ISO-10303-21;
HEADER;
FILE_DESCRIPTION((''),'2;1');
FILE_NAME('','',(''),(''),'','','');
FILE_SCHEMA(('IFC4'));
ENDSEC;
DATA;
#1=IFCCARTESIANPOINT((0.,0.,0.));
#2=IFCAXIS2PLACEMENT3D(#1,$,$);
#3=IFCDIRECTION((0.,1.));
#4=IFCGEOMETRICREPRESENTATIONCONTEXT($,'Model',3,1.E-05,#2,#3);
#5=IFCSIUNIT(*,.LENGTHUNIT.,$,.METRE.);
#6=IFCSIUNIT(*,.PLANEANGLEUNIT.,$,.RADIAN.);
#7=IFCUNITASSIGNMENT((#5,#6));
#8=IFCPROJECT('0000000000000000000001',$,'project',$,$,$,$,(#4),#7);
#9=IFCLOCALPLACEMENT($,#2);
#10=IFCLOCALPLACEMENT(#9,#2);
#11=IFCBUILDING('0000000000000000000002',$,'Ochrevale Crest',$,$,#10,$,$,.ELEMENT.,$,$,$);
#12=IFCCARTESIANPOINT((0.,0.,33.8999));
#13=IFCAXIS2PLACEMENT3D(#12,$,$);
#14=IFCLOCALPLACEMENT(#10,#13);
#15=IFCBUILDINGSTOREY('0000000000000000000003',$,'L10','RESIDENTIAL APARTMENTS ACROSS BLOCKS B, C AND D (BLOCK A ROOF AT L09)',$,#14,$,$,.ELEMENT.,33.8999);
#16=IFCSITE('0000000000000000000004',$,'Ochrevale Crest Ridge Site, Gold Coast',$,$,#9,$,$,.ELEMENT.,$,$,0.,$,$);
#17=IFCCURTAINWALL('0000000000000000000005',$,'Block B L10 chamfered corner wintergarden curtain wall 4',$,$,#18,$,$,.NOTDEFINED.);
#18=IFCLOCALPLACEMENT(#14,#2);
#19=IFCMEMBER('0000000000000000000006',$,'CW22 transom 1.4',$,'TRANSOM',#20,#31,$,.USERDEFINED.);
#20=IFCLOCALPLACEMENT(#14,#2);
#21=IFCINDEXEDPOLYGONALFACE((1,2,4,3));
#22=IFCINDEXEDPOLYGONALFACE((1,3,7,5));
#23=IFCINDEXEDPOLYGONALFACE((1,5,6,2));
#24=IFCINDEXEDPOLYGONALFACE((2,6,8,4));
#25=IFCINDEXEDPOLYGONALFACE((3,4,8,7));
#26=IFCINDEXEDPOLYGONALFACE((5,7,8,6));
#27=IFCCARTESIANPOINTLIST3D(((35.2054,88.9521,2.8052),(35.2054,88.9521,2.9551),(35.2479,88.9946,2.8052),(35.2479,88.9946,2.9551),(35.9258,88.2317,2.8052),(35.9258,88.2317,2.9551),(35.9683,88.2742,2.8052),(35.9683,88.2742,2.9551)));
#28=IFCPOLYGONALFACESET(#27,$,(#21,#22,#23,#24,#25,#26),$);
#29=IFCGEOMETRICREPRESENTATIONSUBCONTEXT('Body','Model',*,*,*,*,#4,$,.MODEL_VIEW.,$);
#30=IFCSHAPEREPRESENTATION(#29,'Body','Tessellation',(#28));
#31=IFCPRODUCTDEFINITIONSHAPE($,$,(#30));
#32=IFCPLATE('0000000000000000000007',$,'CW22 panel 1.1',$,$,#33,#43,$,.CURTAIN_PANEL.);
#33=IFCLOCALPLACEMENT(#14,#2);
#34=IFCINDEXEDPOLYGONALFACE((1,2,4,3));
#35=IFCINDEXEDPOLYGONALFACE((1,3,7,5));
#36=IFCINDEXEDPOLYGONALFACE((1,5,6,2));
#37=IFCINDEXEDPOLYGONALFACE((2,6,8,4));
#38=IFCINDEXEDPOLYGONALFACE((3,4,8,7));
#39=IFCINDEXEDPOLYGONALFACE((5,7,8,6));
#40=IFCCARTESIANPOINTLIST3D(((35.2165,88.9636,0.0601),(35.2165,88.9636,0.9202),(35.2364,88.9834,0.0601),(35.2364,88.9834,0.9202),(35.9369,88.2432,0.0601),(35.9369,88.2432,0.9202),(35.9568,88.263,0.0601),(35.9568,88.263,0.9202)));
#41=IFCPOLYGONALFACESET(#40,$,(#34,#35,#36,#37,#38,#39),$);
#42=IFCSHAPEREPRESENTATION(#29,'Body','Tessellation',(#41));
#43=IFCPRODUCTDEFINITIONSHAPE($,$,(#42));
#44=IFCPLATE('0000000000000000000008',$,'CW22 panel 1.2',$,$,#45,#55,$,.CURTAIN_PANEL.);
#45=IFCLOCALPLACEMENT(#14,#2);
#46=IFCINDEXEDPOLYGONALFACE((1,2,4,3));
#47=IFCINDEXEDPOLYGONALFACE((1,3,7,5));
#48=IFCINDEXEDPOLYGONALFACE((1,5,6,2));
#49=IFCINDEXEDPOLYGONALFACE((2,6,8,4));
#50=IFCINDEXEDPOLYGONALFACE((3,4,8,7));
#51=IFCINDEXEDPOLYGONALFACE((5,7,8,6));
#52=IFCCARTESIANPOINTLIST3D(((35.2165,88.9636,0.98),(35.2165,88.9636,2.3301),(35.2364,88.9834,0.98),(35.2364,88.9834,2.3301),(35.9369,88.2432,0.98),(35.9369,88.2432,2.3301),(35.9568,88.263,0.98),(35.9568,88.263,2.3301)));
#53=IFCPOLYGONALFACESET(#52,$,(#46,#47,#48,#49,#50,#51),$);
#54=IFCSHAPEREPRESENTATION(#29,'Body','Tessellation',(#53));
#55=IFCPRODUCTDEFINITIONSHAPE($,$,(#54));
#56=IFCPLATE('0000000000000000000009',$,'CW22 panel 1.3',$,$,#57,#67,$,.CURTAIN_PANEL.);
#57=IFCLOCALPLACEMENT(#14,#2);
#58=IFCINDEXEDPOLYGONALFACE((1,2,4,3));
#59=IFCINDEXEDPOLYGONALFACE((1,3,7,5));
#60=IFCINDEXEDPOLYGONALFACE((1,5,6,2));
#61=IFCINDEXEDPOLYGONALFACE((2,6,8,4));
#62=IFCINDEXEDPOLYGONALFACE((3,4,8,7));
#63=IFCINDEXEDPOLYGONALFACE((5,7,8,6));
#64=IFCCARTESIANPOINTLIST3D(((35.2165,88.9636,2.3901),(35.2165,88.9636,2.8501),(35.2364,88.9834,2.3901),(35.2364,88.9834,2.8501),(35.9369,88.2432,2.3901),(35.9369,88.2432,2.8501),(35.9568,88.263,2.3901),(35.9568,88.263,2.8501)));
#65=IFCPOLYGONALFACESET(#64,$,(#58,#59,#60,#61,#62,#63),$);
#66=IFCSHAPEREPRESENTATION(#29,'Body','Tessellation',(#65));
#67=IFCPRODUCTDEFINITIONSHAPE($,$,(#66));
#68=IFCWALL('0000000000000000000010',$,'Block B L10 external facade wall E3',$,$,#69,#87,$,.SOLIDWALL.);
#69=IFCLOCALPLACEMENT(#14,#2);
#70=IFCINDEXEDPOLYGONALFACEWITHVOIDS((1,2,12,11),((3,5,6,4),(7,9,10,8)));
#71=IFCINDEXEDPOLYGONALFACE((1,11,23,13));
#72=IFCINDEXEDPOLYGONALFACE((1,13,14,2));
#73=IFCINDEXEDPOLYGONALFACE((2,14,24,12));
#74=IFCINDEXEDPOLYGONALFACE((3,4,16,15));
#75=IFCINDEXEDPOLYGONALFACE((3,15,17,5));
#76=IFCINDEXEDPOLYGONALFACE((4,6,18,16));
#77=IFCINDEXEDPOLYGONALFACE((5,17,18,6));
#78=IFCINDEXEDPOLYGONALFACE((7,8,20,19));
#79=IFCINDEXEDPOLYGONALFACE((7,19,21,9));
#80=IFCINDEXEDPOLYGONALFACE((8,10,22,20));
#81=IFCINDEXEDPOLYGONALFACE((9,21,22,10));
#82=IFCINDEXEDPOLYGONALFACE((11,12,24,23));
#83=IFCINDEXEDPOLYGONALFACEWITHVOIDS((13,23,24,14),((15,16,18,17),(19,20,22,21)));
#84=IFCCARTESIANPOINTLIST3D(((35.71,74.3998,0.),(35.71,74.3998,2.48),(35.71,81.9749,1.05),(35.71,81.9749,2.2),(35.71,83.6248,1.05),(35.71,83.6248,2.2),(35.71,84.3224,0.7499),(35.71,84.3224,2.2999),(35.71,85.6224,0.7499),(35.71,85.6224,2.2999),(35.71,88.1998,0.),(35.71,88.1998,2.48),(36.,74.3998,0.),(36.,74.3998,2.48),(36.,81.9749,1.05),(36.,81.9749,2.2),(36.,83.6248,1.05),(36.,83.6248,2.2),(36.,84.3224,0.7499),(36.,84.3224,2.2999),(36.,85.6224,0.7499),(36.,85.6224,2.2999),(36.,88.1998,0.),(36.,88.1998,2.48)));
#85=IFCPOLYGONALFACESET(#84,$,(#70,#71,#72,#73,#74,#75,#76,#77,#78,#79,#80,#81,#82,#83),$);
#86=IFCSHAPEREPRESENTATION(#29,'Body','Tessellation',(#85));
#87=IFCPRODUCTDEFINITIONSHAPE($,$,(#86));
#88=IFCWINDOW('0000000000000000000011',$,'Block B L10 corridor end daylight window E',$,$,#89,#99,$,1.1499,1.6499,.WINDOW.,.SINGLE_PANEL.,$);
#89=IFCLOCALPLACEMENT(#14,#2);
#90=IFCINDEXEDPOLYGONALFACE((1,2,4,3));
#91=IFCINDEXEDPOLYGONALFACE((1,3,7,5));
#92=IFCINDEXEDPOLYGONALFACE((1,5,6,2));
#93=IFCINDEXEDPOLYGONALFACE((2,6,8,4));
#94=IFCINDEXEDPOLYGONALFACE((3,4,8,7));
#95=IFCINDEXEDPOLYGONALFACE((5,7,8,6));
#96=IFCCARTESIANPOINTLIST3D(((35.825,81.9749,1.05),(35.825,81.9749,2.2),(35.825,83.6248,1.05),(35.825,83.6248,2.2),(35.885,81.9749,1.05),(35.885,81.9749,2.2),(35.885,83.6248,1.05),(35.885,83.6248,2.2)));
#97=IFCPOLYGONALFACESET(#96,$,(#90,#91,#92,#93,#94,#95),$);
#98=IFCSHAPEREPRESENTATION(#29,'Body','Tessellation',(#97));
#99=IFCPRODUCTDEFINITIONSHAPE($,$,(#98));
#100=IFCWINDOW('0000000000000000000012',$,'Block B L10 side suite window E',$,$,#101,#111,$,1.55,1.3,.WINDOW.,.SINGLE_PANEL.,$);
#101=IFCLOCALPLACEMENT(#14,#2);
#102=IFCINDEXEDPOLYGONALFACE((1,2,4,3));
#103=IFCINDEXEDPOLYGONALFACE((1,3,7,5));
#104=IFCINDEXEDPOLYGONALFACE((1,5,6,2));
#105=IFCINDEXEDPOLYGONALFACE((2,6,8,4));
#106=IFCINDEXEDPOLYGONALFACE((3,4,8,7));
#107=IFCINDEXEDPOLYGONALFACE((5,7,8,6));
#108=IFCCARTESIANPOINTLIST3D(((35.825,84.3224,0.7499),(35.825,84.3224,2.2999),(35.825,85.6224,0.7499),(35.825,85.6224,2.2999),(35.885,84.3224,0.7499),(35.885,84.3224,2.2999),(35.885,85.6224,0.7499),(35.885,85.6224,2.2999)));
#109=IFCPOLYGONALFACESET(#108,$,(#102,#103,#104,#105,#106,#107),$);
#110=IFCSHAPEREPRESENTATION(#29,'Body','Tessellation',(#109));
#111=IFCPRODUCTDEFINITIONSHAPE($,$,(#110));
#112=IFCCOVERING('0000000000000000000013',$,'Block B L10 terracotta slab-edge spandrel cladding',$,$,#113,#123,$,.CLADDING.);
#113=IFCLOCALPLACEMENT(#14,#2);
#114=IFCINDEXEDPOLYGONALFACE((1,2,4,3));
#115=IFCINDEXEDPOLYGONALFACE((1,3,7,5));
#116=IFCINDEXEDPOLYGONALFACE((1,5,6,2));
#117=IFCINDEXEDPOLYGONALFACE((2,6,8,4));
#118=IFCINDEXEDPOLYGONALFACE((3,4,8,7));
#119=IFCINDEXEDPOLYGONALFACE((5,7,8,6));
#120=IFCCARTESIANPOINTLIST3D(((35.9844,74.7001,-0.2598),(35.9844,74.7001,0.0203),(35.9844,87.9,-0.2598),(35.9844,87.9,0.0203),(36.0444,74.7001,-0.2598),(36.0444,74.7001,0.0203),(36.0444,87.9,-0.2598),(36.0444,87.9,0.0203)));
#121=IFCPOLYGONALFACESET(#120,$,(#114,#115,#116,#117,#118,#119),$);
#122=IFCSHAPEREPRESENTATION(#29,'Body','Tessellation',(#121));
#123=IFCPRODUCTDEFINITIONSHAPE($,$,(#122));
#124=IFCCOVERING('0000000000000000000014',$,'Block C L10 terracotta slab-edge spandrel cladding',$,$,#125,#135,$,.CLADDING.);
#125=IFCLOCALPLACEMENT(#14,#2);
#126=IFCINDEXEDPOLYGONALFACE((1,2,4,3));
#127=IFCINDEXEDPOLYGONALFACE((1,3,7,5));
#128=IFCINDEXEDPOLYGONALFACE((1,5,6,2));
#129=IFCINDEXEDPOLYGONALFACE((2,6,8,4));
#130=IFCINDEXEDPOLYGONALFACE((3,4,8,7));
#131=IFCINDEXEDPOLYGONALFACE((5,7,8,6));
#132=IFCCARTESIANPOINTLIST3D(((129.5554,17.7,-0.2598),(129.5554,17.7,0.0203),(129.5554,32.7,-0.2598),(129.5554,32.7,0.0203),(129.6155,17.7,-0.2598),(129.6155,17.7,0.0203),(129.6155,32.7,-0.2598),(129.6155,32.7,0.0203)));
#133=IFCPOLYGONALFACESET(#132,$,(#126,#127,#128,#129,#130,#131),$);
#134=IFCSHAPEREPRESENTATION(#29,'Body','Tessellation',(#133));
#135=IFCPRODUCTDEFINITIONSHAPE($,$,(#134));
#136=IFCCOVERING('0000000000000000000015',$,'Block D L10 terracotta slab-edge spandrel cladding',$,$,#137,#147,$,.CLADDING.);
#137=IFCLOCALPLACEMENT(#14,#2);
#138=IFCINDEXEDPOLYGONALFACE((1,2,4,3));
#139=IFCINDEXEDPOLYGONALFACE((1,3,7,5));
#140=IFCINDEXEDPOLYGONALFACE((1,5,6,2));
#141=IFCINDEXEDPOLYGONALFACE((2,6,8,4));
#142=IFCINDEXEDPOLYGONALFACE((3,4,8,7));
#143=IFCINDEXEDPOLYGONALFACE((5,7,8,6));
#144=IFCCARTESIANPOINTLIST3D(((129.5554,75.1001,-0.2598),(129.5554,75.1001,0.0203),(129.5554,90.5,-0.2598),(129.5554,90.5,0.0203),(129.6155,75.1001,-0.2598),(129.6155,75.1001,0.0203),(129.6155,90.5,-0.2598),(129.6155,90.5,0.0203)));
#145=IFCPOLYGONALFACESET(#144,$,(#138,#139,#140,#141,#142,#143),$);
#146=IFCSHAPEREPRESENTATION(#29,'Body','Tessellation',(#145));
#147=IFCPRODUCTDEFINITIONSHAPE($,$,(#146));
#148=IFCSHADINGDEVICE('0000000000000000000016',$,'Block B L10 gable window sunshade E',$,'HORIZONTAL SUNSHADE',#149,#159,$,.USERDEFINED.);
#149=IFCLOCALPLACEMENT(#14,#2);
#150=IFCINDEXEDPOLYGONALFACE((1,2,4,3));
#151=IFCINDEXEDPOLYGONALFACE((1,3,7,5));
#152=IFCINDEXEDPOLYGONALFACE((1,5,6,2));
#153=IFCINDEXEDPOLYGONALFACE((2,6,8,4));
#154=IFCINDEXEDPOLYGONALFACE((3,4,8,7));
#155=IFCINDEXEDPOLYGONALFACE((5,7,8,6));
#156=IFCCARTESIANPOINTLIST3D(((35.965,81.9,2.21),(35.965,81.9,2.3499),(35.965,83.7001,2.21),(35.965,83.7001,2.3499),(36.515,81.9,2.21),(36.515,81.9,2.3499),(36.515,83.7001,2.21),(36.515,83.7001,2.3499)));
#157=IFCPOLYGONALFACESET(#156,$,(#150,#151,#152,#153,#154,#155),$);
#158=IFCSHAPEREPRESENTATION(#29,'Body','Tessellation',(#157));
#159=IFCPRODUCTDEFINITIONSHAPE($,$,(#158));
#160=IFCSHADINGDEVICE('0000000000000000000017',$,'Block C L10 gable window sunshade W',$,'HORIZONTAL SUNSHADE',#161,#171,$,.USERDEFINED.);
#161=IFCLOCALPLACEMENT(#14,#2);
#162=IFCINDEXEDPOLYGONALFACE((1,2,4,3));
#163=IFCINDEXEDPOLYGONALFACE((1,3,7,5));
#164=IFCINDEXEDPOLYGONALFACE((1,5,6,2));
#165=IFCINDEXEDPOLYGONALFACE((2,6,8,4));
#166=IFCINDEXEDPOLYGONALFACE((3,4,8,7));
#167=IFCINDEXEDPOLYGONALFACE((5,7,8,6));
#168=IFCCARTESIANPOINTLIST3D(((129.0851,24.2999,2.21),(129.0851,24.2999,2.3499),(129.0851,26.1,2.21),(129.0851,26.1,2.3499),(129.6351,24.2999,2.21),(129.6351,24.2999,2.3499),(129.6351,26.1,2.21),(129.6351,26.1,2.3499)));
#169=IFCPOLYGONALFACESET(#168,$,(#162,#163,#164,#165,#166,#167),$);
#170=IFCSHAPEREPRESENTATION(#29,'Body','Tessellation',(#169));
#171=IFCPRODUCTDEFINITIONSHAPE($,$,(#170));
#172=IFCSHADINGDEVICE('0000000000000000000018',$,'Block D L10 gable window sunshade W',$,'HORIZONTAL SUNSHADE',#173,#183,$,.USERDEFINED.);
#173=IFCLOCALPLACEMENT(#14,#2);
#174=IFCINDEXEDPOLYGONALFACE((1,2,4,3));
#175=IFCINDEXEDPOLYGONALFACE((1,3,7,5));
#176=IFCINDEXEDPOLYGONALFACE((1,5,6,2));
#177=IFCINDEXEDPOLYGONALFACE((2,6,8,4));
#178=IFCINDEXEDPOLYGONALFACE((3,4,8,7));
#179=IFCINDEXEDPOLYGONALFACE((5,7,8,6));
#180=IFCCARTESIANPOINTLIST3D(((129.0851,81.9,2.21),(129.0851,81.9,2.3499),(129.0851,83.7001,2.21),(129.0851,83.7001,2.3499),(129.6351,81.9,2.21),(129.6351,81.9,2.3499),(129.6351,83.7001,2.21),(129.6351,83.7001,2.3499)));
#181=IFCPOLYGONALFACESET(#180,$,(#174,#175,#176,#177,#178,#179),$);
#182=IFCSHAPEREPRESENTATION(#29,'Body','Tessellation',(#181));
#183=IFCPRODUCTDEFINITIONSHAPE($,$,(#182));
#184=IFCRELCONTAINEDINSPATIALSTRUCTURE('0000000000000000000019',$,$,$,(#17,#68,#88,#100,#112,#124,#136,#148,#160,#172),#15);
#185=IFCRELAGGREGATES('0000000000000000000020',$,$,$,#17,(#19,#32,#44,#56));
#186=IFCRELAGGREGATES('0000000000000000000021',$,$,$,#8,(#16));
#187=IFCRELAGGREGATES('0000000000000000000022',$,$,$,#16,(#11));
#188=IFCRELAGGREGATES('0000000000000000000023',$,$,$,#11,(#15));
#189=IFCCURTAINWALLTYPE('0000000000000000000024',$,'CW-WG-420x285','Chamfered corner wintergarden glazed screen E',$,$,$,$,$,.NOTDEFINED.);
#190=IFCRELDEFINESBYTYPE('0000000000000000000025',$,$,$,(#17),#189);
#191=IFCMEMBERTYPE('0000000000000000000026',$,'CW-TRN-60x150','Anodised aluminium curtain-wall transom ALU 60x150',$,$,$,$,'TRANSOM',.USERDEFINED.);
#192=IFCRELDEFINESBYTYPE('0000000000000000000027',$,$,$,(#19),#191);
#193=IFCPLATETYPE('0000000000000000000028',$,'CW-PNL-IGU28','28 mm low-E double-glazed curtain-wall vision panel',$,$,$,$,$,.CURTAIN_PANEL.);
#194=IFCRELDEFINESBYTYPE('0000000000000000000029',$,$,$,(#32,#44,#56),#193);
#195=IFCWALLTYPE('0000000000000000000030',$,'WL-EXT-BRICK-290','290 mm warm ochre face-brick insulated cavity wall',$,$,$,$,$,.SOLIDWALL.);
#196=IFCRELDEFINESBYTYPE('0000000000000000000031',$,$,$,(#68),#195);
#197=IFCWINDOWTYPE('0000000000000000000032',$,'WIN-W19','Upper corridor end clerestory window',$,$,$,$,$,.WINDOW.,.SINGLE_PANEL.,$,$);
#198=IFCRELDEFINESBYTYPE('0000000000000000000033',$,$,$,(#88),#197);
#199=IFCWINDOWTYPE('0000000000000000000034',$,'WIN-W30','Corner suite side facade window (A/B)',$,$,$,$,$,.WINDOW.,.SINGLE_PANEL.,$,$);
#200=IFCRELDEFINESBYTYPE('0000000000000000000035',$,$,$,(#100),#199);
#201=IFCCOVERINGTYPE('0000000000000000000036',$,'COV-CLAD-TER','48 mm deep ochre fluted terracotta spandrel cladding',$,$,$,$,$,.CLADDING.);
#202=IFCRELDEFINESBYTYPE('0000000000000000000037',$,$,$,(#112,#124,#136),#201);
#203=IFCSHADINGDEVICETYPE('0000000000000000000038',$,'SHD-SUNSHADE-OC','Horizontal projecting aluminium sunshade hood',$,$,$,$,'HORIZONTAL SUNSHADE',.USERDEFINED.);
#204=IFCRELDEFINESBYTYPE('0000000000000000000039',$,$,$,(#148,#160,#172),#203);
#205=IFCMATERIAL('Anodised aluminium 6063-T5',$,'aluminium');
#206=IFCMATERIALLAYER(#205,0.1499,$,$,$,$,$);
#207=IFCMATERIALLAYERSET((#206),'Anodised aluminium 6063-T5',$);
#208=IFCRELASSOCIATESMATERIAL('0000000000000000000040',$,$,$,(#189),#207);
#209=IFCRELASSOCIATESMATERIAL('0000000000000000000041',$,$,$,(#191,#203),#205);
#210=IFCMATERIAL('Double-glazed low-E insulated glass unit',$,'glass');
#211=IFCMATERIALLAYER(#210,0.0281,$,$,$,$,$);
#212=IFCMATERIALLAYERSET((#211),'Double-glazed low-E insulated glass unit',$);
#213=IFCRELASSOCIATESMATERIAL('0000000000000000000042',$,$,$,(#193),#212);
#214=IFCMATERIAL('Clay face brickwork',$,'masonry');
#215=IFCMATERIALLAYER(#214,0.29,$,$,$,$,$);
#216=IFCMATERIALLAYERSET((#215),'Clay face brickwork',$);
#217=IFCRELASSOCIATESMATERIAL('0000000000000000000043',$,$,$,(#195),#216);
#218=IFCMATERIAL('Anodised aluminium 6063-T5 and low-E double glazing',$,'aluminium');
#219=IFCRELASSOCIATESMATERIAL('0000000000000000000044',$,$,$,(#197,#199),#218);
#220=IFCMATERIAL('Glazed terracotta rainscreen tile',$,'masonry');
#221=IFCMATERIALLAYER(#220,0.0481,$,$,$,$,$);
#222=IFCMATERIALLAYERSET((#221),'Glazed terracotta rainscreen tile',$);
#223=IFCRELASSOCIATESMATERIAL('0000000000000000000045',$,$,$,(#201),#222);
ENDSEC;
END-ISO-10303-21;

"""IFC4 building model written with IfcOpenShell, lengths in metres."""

from ifc_helpers import new_model, si_unit, direction, frame, frame_2d, origin, origin_2d, place, context, subcontext, project, spatial, rectangle, extrude, material, layer, layer_set, material_profile, profile_set, type_object, element, fill, aggregate, save


model = new_model("IFC4")

# Units and contexts
model_context = context("Model", 3, precision=1e-05, world=origin(), true_north=direction((0.0, 1.0)))
body_context = subcontext(model_context, "Body", "Model", "MODEL_VIEW")
ifc_project = project(units=[si_unit("LENGTHUNIT", "METRE"), si_unit("PLANEANGLEUNIT", "RADIAN")], contexts=[model_context])

# Site, building, storey
site_placement = place(None, origin())
site = spatial("IfcSite", under=ifc_project, at=site_placement, Name="Ochrevale Crest Ridge Site, Gold Coast", CompositionType="ELEMENT", RefElevation=0.0)
building_placement = place(site_placement, origin())
building = spatial("IfcBuilding", under=site, at=building_placement, Name="Ochrevale Crest", CompositionType="ELEMENT")
storey_placement = place(building_placement, frame((0.0, 0.0, 33.8999)))
storey = spatial("IfcBuildingStorey", under=building, at=storey_placement, Name="L10", Description="RESIDENTIAL APARTMENTS ACROSS BLOCKS B, C AND D (BLOCK A ROOF AT L09)", CompositionType="ELEMENT", Elevation=33.8999)

# Curtain wall
ifc_material_1 = material(Name="Anodised aluminium 6063-T5", Category="aluminium")
ifc_layer_1 = layer(ifc_material_1, 0.1499)
ifc_layer_set_1 = layer_set([ifc_layer_1], Name="Anodised aluminium 6063-T5")
curtain_wall_type_1 = type_object("IfcCurtainWallType", Name="CW-WG-420x285", Description="Chamfered corner wintergarden glazed screen E", PredefinedType="NOTDEFINED", material=ifc_layer_set_1)
curtain_wall_1_placement = place(storey_placement, origin())
curtain_wall_1 = element("IfcCurtainWall", 1, at=curtain_wall_1_placement, inside=storey, type_object=curtain_wall_type_1, Name="Block B L10 chamfered corner wintergarden curtain wall 4", PredefinedType="NOTDEFINED")

# Member
ifc_material_profile_1 = material_profile(ifc_material_1, rectangle(XDim=0.0601, YDim=0.1499, at=origin_2d()), Name="ALU 60x150")
ifc_profile_set_1 = profile_set([ifc_material_profile_1], Name="Anodised aluminium 6063-T5")
member_type_1 = type_object("IfcMemberType", Name="CW-TRN-60x150", Description="Anodised aluminium curtain-wall transom ALU 60x150", ElementType="TRANSOM", PredefinedType="USERDEFINED", material=ifc_profile_set_1)
member_1_placement = place(storey_placement, frame((35.947, 88.2529, 2.8801), z_axis=(-0.707107, 0.707107, 0.0), x_axis=(-0.707107, -0.707107, 0.0)))
member_1 = element("IfcMember", 2, at=member_1_placement, type_object=member_type_1, Name="CW22 transom 1.4", ObjectType="TRANSOM", PredefinedType="USERDEFINED", context=body_context, shape_type="SweptSolid", body=[
    extrude(rectangle(XDim=0.0601, YDim=0.1499, at=origin_2d()), origin(), (0.0, 0.0, 1.0), 1.0188),
])

# Plates
ifc_material_2 = material(Name="Double-glazed low-E insulated glass unit", Category="glass")
ifc_layer_2 = layer(ifc_material_2, 0.0281)
ifc_layer_set_2 = layer_set([ifc_layer_2], Name="Double-glazed low-E insulated glass unit")
plate_type = type_object("IfcPlateType", Name="CW-PNL-IGU28", Description="28 mm low-E double-glazed curtain-wall vision panel", PredefinedType="CURTAIN_PANEL", material=ifc_layer_set_2)
plate_1_placement = place(storey_placement, frame((35.5867, 88.6133, 0.0601), z_axis=(0.0, 0.0, 1.0), x_axis=(-0.707107, 0.707107, 0.0)))
plate_1 = element("IfcPlate", 3, at=plate_1_placement, type_object=plate_type, Name="CW22 panel 1.1", PredefinedType="CURTAIN_PANEL", context=body_context, shape_type="SweptSolid", body=[
    extrude(rectangle(XDim=1.0188, YDim=0.0281, at=origin_2d()), origin(), (0.0, 0.0, 1.0), 0.8601),
])
plate_2_placement = place(storey_placement, frame((35.5867, 88.6133, 0.98), z_axis=(0.0, 0.0, 1.0), x_axis=(-0.707107, 0.707107, 0.0)))
plate_2 = element("IfcPlate", 4, at=plate_2_placement, type_object=plate_type, Name="CW22 panel 1.2", PredefinedType="CURTAIN_PANEL", context=body_context, shape_type="SweptSolid", body=[
    extrude(rectangle(XDim=1.0188, YDim=0.0281, at=origin_2d()), origin(), (0.0, 0.0, 1.0), 1.3501),
])
plate_3_placement = place(storey_placement, frame((35.5867, 88.6133, 2.3901), z_axis=(0.0, 0.0, 1.0), x_axis=(-0.707107, 0.707107, 0.0)))
plate_3 = element("IfcPlate", 5, at=plate_3_placement, type_object=plate_type, Name="CW22 panel 1.3", PredefinedType="CURTAIN_PANEL", context=body_context, shape_type="SweptSolid", body=[
    extrude(rectangle(XDim=1.0188, YDim=0.0281, at=origin_2d()), origin(), (0.0, 0.0, 1.0), 0.46),
])
aggregate(curtain_wall_1, [member_1, plate_1, plate_2, plate_3])

# Wall, openings, windows
ifc_material_3 = material(Name="Clay face brickwork", Category="masonry")
ifc_layer_3 = layer(ifc_material_3, 0.29)
ifc_layer_set_3 = layer_set([ifc_layer_3], Name="Clay face brickwork")
wall_type = type_object("IfcWallType", Name="WL-EXT-BRICK-290", Description="290 mm warm ochre face-brick insulated cavity wall", PredefinedType="SOLIDWALL", material=ifc_layer_set_3)
wall_placement = place(storey_placement, frame((35.855, 74.3999, 0.0), z_axis=(0.0, 0.0, 1.0), x_axis=(0.0, 1.0, 0.0)))
wall = element("IfcWall", 6, at=wall_placement, inside=storey, type_object=wall_type, Name="Block B L10 external facade wall E3", PredefinedType="SOLIDWALL", context=body_context, shape_type="SweptSolid", body=[
    extrude(rectangle(XDim=13.8, YDim=0.29, at=frame_2d((6.8999, 0.0))), origin(), (0.0, 0.0, 1.0), 2.48),
])
opening_1_placement = place(wall_placement, frame((7.575, 0.0, 1.05)))
opening_1 = element("IfcOpeningElement", 7, at=opening_1_placement, cuts=wall, PredefinedType="OPENING", context=body_context, shape_type="SweptSolid", body=[
    extrude(rectangle(XDim=1.6499, YDim=1.1499, at=frame_2d((0.825, 0.575))), frame((0.0, 0.155, 0.0), z_axis=(0.0, -1.0, 0.0), x_axis=(1.0, 0.0, 0.0)), (0.0, 0.0, 1.0), 0.3101),
])
opening_2_placement = place(wall_placement, frame((9.9226, 0.0, 0.75)))
opening_2 = element("IfcOpeningElement", 8, at=opening_2_placement, cuts=wall, PredefinedType="OPENING", context=body_context, shape_type="SweptSolid", body=[
    extrude(rectangle(XDim=1.3, YDim=1.55, at=frame_2d((0.6499, 0.7749))), frame((0.0, 0.155, 0.0), z_axis=(0.0, -1.0, 0.0), x_axis=(1.0, 0.0, 0.0)), (0.0, 0.0, 1.0), 0.3101),
])
ifc_material_4 = material(Name="Anodised aluminium 6063-T5 and low-E double glazing", Category="aluminium")
window_type_1 = type_object("IfcWindowType", Name="WIN-W19", Description="Upper corridor end clerestory window", PartitioningType="SINGLE_PANEL", PredefinedType="WINDOW", material=ifc_material_4)
window_1_placement = place(opening_1_placement, origin())
window_1 = element("IfcWindow", 9, at=window_1_placement, inside=storey, type_object=window_type_1, Name="Block B L10 corridor end daylight window E", OverallHeight=1.1499, OverallWidth=1.6499, PartitioningType="SINGLE_PANEL", PredefinedType="WINDOW", context=body_context, shape_type="SweptSolid", body=[
    extrude(rectangle(XDim=1.6499, YDim=1.1499, at=frame_2d((0.825, 0.575))), frame((0.0, 0.03, 0.0), z_axis=(0.0, -1.0, 0.0), x_axis=(1.0, 0.0, 0.0)), (0.0, 0.0, 1.0), 0.0601),
])
fill(opening_1, window_1)
window_type_2 = type_object("IfcWindowType", Name="WIN-W30", Description="Corner suite side facade window (A/B)", PartitioningType="SINGLE_PANEL", PredefinedType="WINDOW", material=ifc_material_4)
window_2_placement = place(opening_2_placement, origin())
window_2 = element("IfcWindow", 10, at=window_2_placement, inside=storey, type_object=window_type_2, Name="Block B L10 side suite window E", OverallHeight=1.55, OverallWidth=1.3, PartitioningType="SINGLE_PANEL", PredefinedType="WINDOW", context=body_context, shape_type="SweptSolid", body=[
    extrude(rectangle(XDim=1.3, YDim=1.55, at=frame_2d((0.6499, 0.7749))), frame((0.0, 0.03, 0.0), z_axis=(0.0, -1.0, 0.0), x_axis=(1.0, 0.0, 0.0)), (0.0, 0.0, 1.0), 0.0601),
])
fill(opening_2, window_2)

# Coverings
ifc_material_5 = material(Name="Glazed terracotta rainscreen tile", Category="masonry")
ifc_layer_4 = layer(ifc_material_5, 0.0481)
ifc_layer_set_4 = layer_set([ifc_layer_4], Name="Glazed terracotta rainscreen tile")
covering_type = type_object("IfcCoveringType", Name="COV-CLAD-TER", Description="48 mm deep ochre fluted terracotta spandrel cladding", PredefinedType="CLADDING", material=ifc_layer_set_4)
covering_1_placement = place(storey_placement, frame((36.0144, 81.3, -0.2598), z_axis=(0.0, 0.0, 1.0), x_axis=(0.0, 1.0, 0.0)))
element("IfcCovering", 11, at=covering_1_placement, inside=storey, type_object=covering_type, Name="Block B L10 terracotta slab-edge spandrel cladding", PredefinedType="CLADDING", context=body_context, shape_type="SweptSolid", body=[
    extrude(rectangle(XDim=13.2, YDim=0.0601, at=origin_2d()), origin(), (0.0, 0.0, 1.0), 0.28),
])
covering_2_placement = place(storey_placement, frame((129.5854, 25.2, -0.2598), z_axis=(0.0, 0.0, 1.0), x_axis=(0.0, -1.0, 0.0)))
element("IfcCovering", 12, at=covering_2_placement, inside=storey, type_object=covering_type, Name="Block C L10 terracotta slab-edge spandrel cladding", PredefinedType="CLADDING", context=body_context, shape_type="SweptSolid", body=[
    extrude(rectangle(XDim=15.0, YDim=0.0601, at=origin_2d()), origin(), (0.0, 0.0, 1.0), 0.28),
])
covering_3_placement = place(storey_placement, frame((129.5854, 82.8, -0.2598), z_axis=(0.0, 0.0, 1.0), x_axis=(0.0, -1.0, 0.0)))
element("IfcCovering", 13, at=covering_3_placement, inside=storey, type_object=covering_type, Name="Block D L10 terracotta slab-edge spandrel cladding", PredefinedType="CLADDING", context=body_context, shape_type="SweptSolid", body=[
    extrude(rectangle(XDim=15.3999, YDim=0.0601, at=origin_2d()), origin(), (0.0, 0.0, 1.0), 0.28),
])

# Shading devices
shading_device_type = type_object("IfcShadingDeviceType", Name="SHD-SUNSHADE-OC", Description="Horizontal projecting aluminium sunshade hood", ElementType="HORIZONTAL SUNSHADE", PredefinedType="USERDEFINED", material=ifc_material_1)
for number, where, z_axis, x_axis, name in (
    (14, (36.24, 82.8, 2.21), (0.0, 0.0, 1.0), (1.0, 0.0, 0.0), "Block B L10 gable window sunshade E"),
    (15, (129.3601, 25.2, 2.21), (0.0, 0.0, 1.0), (1.0, 0.0, 0.0), "Block C L10 gable window sunshade W"),
    (16, (129.3601, 82.8, 2.21), (0.0, 0.0, 1.0), (1.0, 0.0, 0.0), "Block D L10 gable window sunshade W"),
):
    element("IfcShadingDevice", number, at=place(storey_placement, frame(where, z_axis=z_axis, x_axis=x_axis)), inside=storey, type_object=shading_device_type, Name=name, ObjectType="HORIZONTAL SUNSHADE", PredefinedType="USERDEFINED", context=body_context, shape_type="SweptSolid", body=[
        extrude(rectangle(XDim=0.55, YDim=1.8, at=origin_2d()), origin(), (0.0, 0.0, 1.0), 0.1399),
    ])

save(model, "model.ifc")
